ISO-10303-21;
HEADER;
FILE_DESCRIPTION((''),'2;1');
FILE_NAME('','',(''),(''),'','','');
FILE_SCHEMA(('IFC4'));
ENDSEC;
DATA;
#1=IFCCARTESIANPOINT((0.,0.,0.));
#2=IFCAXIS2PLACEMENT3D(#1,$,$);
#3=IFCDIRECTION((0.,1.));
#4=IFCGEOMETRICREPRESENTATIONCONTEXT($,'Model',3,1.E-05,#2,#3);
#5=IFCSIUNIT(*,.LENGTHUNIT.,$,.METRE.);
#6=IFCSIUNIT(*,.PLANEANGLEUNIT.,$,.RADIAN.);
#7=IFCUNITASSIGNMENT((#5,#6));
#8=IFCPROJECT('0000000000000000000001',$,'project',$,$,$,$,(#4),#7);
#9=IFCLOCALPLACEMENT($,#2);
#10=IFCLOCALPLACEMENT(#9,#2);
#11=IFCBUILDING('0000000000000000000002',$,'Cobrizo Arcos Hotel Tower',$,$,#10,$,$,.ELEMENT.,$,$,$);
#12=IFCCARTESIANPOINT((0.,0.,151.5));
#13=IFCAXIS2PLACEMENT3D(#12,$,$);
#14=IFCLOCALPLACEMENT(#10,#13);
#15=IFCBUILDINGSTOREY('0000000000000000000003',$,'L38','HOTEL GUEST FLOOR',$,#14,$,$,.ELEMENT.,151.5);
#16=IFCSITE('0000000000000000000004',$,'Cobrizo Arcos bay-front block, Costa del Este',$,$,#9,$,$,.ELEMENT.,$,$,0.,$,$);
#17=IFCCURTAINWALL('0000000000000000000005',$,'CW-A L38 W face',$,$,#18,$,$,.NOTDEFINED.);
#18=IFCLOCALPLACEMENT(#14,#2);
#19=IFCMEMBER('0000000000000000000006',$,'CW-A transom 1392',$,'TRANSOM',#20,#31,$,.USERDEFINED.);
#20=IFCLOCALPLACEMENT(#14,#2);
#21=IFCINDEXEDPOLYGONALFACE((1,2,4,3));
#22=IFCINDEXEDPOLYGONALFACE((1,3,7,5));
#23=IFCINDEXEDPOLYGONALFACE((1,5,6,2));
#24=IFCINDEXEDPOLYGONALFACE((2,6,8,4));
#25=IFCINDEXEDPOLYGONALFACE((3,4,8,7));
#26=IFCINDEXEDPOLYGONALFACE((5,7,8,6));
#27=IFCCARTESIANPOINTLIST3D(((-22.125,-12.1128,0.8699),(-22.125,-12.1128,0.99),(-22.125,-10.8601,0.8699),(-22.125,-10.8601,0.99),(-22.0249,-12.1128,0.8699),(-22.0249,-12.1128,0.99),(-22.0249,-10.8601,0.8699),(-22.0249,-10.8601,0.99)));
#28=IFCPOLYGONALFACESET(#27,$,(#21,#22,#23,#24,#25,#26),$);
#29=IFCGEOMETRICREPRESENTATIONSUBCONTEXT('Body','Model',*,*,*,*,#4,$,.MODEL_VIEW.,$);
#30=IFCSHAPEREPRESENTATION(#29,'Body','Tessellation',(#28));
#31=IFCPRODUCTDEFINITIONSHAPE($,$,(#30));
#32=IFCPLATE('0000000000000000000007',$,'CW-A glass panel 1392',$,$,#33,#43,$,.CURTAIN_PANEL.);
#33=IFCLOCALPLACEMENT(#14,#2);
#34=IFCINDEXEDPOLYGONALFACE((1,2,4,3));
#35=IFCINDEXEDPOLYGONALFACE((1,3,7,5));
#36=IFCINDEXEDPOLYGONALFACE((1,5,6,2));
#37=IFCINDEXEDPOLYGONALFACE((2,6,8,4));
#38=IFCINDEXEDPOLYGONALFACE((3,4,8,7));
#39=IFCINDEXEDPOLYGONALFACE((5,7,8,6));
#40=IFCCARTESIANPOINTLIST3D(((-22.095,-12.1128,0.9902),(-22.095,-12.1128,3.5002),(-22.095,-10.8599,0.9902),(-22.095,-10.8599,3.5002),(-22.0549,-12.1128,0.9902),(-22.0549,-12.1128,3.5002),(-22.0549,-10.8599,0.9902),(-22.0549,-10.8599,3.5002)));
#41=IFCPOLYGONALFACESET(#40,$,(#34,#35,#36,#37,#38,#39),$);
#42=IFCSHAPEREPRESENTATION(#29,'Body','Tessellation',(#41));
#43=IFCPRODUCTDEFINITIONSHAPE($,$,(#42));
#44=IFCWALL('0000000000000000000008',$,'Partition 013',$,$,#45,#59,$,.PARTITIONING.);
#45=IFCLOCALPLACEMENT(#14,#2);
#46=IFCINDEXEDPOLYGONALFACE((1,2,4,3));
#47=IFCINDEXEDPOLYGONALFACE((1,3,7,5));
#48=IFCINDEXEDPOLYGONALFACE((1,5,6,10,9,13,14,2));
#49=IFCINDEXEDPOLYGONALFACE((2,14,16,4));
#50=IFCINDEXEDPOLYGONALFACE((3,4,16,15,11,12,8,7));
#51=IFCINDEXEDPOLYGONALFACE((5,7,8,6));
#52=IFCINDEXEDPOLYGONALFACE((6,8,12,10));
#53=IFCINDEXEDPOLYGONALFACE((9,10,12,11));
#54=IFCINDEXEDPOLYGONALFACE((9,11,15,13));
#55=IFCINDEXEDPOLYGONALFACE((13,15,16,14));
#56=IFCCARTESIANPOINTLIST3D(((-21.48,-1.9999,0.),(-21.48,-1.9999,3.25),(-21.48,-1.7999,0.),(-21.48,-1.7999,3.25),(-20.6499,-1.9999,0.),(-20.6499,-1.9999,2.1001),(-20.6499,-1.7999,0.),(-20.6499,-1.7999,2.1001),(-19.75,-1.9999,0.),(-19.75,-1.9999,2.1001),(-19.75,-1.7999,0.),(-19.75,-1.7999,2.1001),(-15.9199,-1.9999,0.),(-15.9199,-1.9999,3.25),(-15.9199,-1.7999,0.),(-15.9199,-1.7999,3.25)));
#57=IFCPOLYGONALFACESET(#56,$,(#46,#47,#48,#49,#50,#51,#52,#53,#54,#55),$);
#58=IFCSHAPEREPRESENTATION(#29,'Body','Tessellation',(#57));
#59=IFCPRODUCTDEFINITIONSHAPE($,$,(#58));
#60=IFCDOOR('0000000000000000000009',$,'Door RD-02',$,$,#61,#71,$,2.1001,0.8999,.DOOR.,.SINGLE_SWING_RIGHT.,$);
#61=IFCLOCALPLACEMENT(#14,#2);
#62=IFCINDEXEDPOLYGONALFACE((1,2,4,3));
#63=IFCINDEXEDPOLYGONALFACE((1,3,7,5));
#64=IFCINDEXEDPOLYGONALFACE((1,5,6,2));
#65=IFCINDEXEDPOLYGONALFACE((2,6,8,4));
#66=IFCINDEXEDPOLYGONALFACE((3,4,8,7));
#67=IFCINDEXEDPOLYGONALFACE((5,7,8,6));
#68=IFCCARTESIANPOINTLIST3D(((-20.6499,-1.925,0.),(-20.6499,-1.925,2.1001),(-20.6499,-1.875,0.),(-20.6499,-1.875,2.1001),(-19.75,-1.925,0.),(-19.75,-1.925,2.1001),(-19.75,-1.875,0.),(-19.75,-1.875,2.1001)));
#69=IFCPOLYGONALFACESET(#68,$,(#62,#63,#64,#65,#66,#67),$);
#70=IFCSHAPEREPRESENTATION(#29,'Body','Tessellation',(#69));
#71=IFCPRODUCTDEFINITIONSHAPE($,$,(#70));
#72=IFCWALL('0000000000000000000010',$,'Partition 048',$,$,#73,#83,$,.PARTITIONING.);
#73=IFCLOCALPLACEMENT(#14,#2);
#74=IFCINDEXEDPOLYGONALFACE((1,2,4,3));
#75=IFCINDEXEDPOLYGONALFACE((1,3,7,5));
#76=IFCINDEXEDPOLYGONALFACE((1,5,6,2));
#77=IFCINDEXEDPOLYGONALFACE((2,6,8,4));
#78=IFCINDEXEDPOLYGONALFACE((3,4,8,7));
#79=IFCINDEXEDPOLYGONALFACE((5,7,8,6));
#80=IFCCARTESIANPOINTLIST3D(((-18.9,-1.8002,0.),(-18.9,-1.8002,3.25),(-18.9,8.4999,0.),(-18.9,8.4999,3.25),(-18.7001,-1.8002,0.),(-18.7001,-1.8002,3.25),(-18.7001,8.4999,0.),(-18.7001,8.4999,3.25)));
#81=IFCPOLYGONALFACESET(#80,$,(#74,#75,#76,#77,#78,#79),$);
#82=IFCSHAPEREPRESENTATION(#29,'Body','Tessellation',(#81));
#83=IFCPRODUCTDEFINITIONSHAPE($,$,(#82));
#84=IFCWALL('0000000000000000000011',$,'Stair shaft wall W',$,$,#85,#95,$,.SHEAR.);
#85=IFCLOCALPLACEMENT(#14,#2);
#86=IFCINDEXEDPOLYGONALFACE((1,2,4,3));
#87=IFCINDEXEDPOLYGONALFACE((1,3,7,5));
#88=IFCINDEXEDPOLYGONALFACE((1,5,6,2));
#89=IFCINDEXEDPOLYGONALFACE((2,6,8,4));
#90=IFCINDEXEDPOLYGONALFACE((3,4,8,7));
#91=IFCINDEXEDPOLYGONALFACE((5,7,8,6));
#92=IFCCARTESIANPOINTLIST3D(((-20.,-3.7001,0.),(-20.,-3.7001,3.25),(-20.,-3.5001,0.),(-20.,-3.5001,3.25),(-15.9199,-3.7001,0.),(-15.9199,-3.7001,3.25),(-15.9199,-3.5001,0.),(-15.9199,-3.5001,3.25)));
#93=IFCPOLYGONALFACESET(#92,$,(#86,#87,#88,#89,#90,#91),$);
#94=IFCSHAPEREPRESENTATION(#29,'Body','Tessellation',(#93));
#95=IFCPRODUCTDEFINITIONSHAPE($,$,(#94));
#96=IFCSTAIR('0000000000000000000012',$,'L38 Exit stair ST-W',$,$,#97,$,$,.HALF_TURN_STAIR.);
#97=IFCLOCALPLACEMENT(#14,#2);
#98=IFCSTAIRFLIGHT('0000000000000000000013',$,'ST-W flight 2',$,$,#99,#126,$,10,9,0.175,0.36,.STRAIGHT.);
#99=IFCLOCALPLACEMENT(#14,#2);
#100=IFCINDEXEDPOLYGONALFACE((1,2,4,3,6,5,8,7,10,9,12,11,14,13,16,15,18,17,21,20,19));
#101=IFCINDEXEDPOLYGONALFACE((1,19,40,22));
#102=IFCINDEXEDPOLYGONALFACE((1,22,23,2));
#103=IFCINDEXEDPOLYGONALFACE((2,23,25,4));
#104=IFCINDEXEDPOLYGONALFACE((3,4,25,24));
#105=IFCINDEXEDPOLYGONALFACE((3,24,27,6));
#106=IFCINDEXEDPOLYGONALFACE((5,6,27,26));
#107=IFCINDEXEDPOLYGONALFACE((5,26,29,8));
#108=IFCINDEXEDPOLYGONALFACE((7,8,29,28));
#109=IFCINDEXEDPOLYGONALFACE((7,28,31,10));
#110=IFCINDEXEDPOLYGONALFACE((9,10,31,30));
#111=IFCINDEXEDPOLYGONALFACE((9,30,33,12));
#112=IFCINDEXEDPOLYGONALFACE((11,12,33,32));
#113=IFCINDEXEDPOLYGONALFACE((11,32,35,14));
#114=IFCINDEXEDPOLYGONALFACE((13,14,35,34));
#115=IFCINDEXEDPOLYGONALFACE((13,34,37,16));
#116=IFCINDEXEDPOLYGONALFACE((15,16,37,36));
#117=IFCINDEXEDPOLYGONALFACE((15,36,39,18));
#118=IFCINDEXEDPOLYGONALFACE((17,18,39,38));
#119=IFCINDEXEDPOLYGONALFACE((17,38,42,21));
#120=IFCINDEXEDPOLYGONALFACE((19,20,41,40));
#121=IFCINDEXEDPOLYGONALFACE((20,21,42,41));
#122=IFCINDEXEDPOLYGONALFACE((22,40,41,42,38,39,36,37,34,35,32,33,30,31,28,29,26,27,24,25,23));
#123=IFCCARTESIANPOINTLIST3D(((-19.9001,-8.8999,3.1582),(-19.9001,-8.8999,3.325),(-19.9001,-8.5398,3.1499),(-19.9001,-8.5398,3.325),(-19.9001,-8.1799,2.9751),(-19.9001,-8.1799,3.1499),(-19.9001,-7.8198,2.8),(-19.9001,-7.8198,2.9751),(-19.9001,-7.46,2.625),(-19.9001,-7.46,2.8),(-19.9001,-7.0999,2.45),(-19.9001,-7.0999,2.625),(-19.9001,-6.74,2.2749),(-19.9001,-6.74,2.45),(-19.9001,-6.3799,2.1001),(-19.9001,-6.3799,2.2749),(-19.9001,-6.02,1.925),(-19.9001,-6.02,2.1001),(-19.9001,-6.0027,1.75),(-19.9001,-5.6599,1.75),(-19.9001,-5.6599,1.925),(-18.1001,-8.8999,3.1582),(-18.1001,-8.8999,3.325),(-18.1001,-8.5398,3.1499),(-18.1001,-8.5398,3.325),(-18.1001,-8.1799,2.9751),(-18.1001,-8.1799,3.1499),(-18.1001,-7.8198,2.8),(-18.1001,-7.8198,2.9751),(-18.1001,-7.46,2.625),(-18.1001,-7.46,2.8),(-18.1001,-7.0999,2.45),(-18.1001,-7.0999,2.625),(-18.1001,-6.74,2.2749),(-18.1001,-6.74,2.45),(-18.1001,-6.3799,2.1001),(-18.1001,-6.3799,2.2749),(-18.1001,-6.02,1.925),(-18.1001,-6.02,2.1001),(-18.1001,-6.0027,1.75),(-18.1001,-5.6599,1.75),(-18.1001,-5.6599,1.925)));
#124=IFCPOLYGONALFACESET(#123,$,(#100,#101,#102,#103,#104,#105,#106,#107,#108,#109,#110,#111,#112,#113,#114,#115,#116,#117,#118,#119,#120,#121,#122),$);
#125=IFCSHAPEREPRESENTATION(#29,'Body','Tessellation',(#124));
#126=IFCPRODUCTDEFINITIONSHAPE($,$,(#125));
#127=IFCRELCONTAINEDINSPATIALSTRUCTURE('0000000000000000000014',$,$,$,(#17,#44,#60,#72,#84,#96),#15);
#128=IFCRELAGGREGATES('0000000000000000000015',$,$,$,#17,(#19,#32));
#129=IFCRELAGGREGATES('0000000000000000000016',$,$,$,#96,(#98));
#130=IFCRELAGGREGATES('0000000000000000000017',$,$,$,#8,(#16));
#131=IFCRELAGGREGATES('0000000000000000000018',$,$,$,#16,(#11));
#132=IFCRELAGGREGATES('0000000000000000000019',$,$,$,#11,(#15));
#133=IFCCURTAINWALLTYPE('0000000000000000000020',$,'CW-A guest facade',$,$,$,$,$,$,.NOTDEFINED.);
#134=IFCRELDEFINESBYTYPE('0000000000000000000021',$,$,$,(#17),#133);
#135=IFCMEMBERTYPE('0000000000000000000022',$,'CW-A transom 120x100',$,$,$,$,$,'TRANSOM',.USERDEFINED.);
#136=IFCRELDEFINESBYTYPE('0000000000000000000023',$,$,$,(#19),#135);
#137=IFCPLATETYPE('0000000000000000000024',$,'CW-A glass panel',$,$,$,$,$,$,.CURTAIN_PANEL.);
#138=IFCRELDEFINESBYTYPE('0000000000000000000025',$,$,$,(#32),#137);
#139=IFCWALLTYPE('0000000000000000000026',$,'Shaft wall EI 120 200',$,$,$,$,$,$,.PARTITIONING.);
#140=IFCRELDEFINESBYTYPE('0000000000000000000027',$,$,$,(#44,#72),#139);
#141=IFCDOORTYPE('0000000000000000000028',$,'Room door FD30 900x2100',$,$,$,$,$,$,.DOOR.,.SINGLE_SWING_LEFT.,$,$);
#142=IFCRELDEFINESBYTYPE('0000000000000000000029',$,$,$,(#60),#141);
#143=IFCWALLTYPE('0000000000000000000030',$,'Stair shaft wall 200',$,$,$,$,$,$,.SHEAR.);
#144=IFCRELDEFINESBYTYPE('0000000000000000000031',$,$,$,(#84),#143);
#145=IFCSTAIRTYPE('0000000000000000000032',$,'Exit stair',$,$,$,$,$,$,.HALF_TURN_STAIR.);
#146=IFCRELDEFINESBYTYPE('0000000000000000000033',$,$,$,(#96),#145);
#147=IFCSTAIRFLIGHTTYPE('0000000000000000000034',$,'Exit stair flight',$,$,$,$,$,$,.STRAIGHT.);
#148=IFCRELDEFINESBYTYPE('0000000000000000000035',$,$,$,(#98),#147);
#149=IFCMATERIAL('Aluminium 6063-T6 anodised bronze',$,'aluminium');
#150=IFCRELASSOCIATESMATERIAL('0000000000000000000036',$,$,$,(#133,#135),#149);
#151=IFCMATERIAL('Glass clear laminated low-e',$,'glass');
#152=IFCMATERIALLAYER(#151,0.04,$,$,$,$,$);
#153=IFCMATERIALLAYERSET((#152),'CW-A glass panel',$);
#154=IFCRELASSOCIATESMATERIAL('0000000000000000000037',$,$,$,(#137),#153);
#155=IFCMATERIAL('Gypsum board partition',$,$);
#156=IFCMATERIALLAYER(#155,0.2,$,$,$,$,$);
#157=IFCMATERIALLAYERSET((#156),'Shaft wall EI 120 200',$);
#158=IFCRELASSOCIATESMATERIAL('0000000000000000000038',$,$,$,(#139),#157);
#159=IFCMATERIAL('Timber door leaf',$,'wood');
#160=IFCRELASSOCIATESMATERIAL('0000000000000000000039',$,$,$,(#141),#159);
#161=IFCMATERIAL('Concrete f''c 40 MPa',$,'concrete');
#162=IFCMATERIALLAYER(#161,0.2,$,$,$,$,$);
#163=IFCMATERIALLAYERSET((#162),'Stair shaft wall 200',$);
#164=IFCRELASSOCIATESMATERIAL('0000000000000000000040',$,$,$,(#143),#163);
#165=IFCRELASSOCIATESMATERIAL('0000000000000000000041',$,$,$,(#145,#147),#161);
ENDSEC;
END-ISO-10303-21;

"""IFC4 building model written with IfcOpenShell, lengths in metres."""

from ifc_helpers import new_model, si_unit, direction, frame, frame_2d, origin, origin_2d, place, context, subcontext, project, spatial, polyline, rectangle, outline, extrude, material, layer, layer_set, material_profile, profile_set, type_object, element, fill, aggregate, save


model = new_model("IFC4")

# Units and contexts
model_context = context("Model", 3, precision=1e-05, world=origin(), true_north=direction((0.0, 1.0)))
body_context = subcontext(model_context, "Body", "Model", "MODEL_VIEW")
ifc_project = project(units=[si_unit("LENGTHUNIT", "METRE"), si_unit("PLANEANGLEUNIT", "RADIAN")], contexts=[model_context])

# Site, building, storey
site_placement = place(None, origin())
site = spatial("IfcSite", under=ifc_project, at=site_placement, Name="Cobrizo Arcos bay-front block, Costa del Este", CompositionType="ELEMENT", RefElevation=0.0)
building_placement = place(site_placement, origin())
building = spatial("IfcBuilding", under=site, at=building_placement, Name="Cobrizo Arcos Hotel Tower", CompositionType="ELEMENT")
storey_placement = place(building_placement, frame((0.0, 0.0, 151.5)))
storey = spatial("IfcBuildingStorey", under=building, at=storey_placement, Name="L38", Description="HOTEL GUEST FLOOR", CompositionType="ELEMENT", Elevation=151.5)

# Curtain wall, member, plate
ifc_material_1 = material(Name="Aluminium 6063-T6 anodised bronze", Category="aluminium")
curtain_wall_type = type_object("IfcCurtainWallType", Name="CW-A guest facade", PredefinedType="NOTDEFINED", material=ifc_material_1)
curtain_wall_placement = place(storey_placement, origin())
curtain_wall = element("IfcCurtainWall", 1, at=curtain_wall_placement, inside=storey, type_object=curtain_wall_type, Name="CW-A L38 W face", PredefinedType="NOTDEFINED")
ifc_material_profile = material_profile(ifc_material_1, rectangle(XDim=0.1001, YDim=0.1201, at=origin_2d()), Name="CW-A transom 120x100")
ifc_profile_set = profile_set([ifc_material_profile], Name="Aluminium 6063-T6 anodised bronze")
member_type = type_object("IfcMemberType", Name="CW-A transom 120x100", ElementType="TRANSOM", PredefinedType="USERDEFINED", material=ifc_profile_set)
member_placement = place(storey_placement, frame((-22.075, -10.8601, 0.9299), z_axis=(0.0, -1.0, 0.0), x_axis=(1.0, 0.0, 0.0)))
member = element("IfcMember", 2, at=member_placement, type_object=member_type, Name="CW-A transom 1392", ObjectType="TRANSOM", PredefinedType="USERDEFINED", context=body_context, shape_type="SweptSolid", body=[
    extrude(rectangle(XDim=0.1001, YDim=0.1201, at=origin_2d()), origin(), (0.0, 0.0, 1.0), 1.2527),
])
ifc_material_2 = material(Name="Glass clear laminated low-e", Category="glass")
ifc_layer_1 = layer(ifc_material_2, 0.04)
ifc_layer_set_1 = layer_set([ifc_layer_1], Name="CW-A glass panel")
plate_type = type_object("IfcPlateType", Name="CW-A glass panel", PredefinedType="CURTAIN_PANEL", material=ifc_layer_set_1)
plate_placement = place(storey_placement, frame((-22.075, -11.4863, 0.9902), z_axis=(0.0, 0.0, 1.0), x_axis=(0.0, -1.0, 0.0)))
plate = element("IfcPlate", 3, at=plate_placement, type_object=plate_type, Name="CW-A glass panel 1392", PredefinedType="CURTAIN_PANEL", context=body_context, shape_type="SweptSolid", body=[
    extrude(rectangle(XDim=1.2529, YDim=0.04, at=origin_2d()), origin(), (0.0, 0.0, 1.0), 2.51),
])
aggregate(curtain_wall, [member, plate])

# Wall, opening, door
ifc_material_3 = material(Name="Gypsum board partition")
ifc_layer_2 = layer(ifc_material_3, 0.2)
ifc_layer_set_2 = layer_set([ifc_layer_2], Name="Shaft wall EI 120 200")
wall_type_1 = type_object("IfcWallType", Name="Shaft wall EI 120 200", PredefinedType="PARTITIONING", material=ifc_layer_set_2)
wall_1_placement = place(storey_placement, frame((-21.48, -1.8999, 0.0), z_axis=(0.0, 0.0, 1.0), x_axis=(1.0, 0.0, 0.0)))
wall_1 = element("IfcWall", 4, at=wall_1_placement, inside=storey, type_object=wall_type_1, Name="Partition 013", PredefinedType="PARTITIONING", context=body_context, shape_type="SweptSolid", body=[
    extrude(rectangle(XDim=5.5601, YDim=0.2, at=frame_2d((2.78, 0.0))), origin(), (0.0, 0.0, 1.0), 3.25),
])
opening_placement = place(wall_1_placement, frame((0.8301, 0.0, 0.0)))
opening = element("IfcOpeningElement", 5, at=opening_placement, cuts=wall_1, PredefinedType="OPENING", context=body_context, shape_type="SweptSolid", body=[
    extrude(rectangle(XDim=0.8999, YDim=2.1001, at=frame_2d((0.45, 1.05))), frame((0.0, 0.1121, 0.0), z_axis=(0.0, -1.0, 0.0), x_axis=(1.0, 0.0, 0.0)), (0.0, 0.0, 1.0), 0.2239),
])
ifc_material_4 = material(Name="Timber door leaf", Category="wood")
door_type = type_object("IfcDoorType", Name="Room door FD30 900x2100", OperationType="SINGLE_SWING_LEFT", PredefinedType="DOOR", material=ifc_material_4)
door_placement = place(opening_placement, origin())
door = element("IfcDoor", 6, at=door_placement, inside=storey, type_object=door_type, Name="Door RD-02", OperationType="SINGLE_SWING_RIGHT", OverallHeight=2.1001, OverallWidth=0.8999, PredefinedType="DOOR", context=body_context, shape_type="SweptSolid", body=[
    extrude(rectangle(XDim=0.8999, YDim=2.1001, at=frame_2d((0.45, 1.05))), frame((0.0, 0.0249, 0.0), z_axis=(0.0, -1.0, 0.0), x_axis=(1.0, 0.0, 0.0)), (0.0, 0.0, 1.0), 0.05),
])
fill(opening, door)

# Walls
wall_2_placement = place(storey_placement, frame((-18.8, -1.8, 0.0), z_axis=(0.0, 0.0, 1.0), x_axis=(0.0, 1.0, 0.0)))
element("IfcWall", 7, at=wall_2_placement, inside=storey, type_object=wall_type_1, Name="Partition 048", PredefinedType="PARTITIONING", context=body_context, shape_type="SweptSolid", body=[
    extrude(rectangle(XDim=10.3, YDim=0.2, at=frame_2d((5.1499, 0.0))), origin(), (0.0, 0.0, 1.0), 3.25),
])
ifc_material_5 = material(Name="Concrete f'c 40 MPa", Category="concrete")
ifc_layer_3 = layer(ifc_material_5, 0.2)
ifc_layer_set_3 = layer_set([ifc_layer_3], Name="Stair shaft wall 200")
wall_type_2 = type_object("IfcWallType", Name="Stair shaft wall 200", PredefinedType="SHEAR", material=ifc_layer_set_3)
wall_3_placement = place(storey_placement, frame((-20.0, -3.6001, 0.0), z_axis=(0.0, 0.0, 1.0), x_axis=(1.0, 0.0, 0.0)))
element("IfcWall", 8, at=wall_3_placement, inside=storey, type_object=wall_type_2, Name="Stair shaft wall W", PredefinedType="SHEAR", context=body_context, shape_type="SweptSolid", body=[
    extrude(rectangle(XDim=4.0801, YDim=0.2, at=frame_2d((2.04, 0.0))), origin(), (0.0, 0.0, 1.0), 3.25),
])

# Stair, stair flight
stair_type = type_object("IfcStairType", Name="Exit stair", PredefinedType="HALF_TURN_STAIR", material=ifc_material_5)
stair_placement = place(storey_placement, origin())
stair = element("IfcStair", 9, at=stair_placement, inside=storey, type_object=stair_type, Name="L38 Exit stair ST-W", PredefinedType="HALF_TURN_STAIR")
stair_flight_type = type_object("IfcStairFlightType", Name="Exit stair flight", PredefinedType="STRAIGHT", material=ifc_material_5)
stair_flight_placement = place(storey_placement, frame((-19.0, -5.6599, 1.75), z_axis=(0.0, 0.0, 1.0), x_axis=(0.0, -1.0, 0.0)))
stair_flight = element("IfcStairFlight", 10, at=stair_flight_placement, type_object=stair_flight_type, Name="ST-W flight 2", NumberOfRisers=10, NumberOfTreads=9, PredefinedType="STRAIGHT", RiserHeight=0.175, TreadLength=0.36, context=body_context, shape_type="SweptSolid", body=[
    extrude(outline(polyline([(0.0, 0.0), (0.0, 0.175), (0.3601, 0.175), (0.3601, 0.3501), (0.72, 0.3501), (0.72, 0.5249), (1.0801, 0.5249), (1.0801, 0.7), (1.4399, 0.7), (1.4399, 0.875), (1.8, 0.875), (1.8, 1.05), (2.1599, 1.05), (2.1599, 1.2251), (2.52, 1.2251), (2.52, 1.3999), (2.8799, 1.3999), (2.8799, 1.575), (3.24, 1.575), (3.24, 1.75), (3.24, 1.4082), (0.3428, 0.0), (0.0, 0.0)])), frame((0.0, 0.8999, 0.0), z_axis=(0.0, -1.0, 0.0), x_axis=(1.0, 0.0, 0.0)), (0.0, 0.0, 1.0), 1.8),
])
aggregate(stair, [stair_flight])

save(model, "model.ifc")
